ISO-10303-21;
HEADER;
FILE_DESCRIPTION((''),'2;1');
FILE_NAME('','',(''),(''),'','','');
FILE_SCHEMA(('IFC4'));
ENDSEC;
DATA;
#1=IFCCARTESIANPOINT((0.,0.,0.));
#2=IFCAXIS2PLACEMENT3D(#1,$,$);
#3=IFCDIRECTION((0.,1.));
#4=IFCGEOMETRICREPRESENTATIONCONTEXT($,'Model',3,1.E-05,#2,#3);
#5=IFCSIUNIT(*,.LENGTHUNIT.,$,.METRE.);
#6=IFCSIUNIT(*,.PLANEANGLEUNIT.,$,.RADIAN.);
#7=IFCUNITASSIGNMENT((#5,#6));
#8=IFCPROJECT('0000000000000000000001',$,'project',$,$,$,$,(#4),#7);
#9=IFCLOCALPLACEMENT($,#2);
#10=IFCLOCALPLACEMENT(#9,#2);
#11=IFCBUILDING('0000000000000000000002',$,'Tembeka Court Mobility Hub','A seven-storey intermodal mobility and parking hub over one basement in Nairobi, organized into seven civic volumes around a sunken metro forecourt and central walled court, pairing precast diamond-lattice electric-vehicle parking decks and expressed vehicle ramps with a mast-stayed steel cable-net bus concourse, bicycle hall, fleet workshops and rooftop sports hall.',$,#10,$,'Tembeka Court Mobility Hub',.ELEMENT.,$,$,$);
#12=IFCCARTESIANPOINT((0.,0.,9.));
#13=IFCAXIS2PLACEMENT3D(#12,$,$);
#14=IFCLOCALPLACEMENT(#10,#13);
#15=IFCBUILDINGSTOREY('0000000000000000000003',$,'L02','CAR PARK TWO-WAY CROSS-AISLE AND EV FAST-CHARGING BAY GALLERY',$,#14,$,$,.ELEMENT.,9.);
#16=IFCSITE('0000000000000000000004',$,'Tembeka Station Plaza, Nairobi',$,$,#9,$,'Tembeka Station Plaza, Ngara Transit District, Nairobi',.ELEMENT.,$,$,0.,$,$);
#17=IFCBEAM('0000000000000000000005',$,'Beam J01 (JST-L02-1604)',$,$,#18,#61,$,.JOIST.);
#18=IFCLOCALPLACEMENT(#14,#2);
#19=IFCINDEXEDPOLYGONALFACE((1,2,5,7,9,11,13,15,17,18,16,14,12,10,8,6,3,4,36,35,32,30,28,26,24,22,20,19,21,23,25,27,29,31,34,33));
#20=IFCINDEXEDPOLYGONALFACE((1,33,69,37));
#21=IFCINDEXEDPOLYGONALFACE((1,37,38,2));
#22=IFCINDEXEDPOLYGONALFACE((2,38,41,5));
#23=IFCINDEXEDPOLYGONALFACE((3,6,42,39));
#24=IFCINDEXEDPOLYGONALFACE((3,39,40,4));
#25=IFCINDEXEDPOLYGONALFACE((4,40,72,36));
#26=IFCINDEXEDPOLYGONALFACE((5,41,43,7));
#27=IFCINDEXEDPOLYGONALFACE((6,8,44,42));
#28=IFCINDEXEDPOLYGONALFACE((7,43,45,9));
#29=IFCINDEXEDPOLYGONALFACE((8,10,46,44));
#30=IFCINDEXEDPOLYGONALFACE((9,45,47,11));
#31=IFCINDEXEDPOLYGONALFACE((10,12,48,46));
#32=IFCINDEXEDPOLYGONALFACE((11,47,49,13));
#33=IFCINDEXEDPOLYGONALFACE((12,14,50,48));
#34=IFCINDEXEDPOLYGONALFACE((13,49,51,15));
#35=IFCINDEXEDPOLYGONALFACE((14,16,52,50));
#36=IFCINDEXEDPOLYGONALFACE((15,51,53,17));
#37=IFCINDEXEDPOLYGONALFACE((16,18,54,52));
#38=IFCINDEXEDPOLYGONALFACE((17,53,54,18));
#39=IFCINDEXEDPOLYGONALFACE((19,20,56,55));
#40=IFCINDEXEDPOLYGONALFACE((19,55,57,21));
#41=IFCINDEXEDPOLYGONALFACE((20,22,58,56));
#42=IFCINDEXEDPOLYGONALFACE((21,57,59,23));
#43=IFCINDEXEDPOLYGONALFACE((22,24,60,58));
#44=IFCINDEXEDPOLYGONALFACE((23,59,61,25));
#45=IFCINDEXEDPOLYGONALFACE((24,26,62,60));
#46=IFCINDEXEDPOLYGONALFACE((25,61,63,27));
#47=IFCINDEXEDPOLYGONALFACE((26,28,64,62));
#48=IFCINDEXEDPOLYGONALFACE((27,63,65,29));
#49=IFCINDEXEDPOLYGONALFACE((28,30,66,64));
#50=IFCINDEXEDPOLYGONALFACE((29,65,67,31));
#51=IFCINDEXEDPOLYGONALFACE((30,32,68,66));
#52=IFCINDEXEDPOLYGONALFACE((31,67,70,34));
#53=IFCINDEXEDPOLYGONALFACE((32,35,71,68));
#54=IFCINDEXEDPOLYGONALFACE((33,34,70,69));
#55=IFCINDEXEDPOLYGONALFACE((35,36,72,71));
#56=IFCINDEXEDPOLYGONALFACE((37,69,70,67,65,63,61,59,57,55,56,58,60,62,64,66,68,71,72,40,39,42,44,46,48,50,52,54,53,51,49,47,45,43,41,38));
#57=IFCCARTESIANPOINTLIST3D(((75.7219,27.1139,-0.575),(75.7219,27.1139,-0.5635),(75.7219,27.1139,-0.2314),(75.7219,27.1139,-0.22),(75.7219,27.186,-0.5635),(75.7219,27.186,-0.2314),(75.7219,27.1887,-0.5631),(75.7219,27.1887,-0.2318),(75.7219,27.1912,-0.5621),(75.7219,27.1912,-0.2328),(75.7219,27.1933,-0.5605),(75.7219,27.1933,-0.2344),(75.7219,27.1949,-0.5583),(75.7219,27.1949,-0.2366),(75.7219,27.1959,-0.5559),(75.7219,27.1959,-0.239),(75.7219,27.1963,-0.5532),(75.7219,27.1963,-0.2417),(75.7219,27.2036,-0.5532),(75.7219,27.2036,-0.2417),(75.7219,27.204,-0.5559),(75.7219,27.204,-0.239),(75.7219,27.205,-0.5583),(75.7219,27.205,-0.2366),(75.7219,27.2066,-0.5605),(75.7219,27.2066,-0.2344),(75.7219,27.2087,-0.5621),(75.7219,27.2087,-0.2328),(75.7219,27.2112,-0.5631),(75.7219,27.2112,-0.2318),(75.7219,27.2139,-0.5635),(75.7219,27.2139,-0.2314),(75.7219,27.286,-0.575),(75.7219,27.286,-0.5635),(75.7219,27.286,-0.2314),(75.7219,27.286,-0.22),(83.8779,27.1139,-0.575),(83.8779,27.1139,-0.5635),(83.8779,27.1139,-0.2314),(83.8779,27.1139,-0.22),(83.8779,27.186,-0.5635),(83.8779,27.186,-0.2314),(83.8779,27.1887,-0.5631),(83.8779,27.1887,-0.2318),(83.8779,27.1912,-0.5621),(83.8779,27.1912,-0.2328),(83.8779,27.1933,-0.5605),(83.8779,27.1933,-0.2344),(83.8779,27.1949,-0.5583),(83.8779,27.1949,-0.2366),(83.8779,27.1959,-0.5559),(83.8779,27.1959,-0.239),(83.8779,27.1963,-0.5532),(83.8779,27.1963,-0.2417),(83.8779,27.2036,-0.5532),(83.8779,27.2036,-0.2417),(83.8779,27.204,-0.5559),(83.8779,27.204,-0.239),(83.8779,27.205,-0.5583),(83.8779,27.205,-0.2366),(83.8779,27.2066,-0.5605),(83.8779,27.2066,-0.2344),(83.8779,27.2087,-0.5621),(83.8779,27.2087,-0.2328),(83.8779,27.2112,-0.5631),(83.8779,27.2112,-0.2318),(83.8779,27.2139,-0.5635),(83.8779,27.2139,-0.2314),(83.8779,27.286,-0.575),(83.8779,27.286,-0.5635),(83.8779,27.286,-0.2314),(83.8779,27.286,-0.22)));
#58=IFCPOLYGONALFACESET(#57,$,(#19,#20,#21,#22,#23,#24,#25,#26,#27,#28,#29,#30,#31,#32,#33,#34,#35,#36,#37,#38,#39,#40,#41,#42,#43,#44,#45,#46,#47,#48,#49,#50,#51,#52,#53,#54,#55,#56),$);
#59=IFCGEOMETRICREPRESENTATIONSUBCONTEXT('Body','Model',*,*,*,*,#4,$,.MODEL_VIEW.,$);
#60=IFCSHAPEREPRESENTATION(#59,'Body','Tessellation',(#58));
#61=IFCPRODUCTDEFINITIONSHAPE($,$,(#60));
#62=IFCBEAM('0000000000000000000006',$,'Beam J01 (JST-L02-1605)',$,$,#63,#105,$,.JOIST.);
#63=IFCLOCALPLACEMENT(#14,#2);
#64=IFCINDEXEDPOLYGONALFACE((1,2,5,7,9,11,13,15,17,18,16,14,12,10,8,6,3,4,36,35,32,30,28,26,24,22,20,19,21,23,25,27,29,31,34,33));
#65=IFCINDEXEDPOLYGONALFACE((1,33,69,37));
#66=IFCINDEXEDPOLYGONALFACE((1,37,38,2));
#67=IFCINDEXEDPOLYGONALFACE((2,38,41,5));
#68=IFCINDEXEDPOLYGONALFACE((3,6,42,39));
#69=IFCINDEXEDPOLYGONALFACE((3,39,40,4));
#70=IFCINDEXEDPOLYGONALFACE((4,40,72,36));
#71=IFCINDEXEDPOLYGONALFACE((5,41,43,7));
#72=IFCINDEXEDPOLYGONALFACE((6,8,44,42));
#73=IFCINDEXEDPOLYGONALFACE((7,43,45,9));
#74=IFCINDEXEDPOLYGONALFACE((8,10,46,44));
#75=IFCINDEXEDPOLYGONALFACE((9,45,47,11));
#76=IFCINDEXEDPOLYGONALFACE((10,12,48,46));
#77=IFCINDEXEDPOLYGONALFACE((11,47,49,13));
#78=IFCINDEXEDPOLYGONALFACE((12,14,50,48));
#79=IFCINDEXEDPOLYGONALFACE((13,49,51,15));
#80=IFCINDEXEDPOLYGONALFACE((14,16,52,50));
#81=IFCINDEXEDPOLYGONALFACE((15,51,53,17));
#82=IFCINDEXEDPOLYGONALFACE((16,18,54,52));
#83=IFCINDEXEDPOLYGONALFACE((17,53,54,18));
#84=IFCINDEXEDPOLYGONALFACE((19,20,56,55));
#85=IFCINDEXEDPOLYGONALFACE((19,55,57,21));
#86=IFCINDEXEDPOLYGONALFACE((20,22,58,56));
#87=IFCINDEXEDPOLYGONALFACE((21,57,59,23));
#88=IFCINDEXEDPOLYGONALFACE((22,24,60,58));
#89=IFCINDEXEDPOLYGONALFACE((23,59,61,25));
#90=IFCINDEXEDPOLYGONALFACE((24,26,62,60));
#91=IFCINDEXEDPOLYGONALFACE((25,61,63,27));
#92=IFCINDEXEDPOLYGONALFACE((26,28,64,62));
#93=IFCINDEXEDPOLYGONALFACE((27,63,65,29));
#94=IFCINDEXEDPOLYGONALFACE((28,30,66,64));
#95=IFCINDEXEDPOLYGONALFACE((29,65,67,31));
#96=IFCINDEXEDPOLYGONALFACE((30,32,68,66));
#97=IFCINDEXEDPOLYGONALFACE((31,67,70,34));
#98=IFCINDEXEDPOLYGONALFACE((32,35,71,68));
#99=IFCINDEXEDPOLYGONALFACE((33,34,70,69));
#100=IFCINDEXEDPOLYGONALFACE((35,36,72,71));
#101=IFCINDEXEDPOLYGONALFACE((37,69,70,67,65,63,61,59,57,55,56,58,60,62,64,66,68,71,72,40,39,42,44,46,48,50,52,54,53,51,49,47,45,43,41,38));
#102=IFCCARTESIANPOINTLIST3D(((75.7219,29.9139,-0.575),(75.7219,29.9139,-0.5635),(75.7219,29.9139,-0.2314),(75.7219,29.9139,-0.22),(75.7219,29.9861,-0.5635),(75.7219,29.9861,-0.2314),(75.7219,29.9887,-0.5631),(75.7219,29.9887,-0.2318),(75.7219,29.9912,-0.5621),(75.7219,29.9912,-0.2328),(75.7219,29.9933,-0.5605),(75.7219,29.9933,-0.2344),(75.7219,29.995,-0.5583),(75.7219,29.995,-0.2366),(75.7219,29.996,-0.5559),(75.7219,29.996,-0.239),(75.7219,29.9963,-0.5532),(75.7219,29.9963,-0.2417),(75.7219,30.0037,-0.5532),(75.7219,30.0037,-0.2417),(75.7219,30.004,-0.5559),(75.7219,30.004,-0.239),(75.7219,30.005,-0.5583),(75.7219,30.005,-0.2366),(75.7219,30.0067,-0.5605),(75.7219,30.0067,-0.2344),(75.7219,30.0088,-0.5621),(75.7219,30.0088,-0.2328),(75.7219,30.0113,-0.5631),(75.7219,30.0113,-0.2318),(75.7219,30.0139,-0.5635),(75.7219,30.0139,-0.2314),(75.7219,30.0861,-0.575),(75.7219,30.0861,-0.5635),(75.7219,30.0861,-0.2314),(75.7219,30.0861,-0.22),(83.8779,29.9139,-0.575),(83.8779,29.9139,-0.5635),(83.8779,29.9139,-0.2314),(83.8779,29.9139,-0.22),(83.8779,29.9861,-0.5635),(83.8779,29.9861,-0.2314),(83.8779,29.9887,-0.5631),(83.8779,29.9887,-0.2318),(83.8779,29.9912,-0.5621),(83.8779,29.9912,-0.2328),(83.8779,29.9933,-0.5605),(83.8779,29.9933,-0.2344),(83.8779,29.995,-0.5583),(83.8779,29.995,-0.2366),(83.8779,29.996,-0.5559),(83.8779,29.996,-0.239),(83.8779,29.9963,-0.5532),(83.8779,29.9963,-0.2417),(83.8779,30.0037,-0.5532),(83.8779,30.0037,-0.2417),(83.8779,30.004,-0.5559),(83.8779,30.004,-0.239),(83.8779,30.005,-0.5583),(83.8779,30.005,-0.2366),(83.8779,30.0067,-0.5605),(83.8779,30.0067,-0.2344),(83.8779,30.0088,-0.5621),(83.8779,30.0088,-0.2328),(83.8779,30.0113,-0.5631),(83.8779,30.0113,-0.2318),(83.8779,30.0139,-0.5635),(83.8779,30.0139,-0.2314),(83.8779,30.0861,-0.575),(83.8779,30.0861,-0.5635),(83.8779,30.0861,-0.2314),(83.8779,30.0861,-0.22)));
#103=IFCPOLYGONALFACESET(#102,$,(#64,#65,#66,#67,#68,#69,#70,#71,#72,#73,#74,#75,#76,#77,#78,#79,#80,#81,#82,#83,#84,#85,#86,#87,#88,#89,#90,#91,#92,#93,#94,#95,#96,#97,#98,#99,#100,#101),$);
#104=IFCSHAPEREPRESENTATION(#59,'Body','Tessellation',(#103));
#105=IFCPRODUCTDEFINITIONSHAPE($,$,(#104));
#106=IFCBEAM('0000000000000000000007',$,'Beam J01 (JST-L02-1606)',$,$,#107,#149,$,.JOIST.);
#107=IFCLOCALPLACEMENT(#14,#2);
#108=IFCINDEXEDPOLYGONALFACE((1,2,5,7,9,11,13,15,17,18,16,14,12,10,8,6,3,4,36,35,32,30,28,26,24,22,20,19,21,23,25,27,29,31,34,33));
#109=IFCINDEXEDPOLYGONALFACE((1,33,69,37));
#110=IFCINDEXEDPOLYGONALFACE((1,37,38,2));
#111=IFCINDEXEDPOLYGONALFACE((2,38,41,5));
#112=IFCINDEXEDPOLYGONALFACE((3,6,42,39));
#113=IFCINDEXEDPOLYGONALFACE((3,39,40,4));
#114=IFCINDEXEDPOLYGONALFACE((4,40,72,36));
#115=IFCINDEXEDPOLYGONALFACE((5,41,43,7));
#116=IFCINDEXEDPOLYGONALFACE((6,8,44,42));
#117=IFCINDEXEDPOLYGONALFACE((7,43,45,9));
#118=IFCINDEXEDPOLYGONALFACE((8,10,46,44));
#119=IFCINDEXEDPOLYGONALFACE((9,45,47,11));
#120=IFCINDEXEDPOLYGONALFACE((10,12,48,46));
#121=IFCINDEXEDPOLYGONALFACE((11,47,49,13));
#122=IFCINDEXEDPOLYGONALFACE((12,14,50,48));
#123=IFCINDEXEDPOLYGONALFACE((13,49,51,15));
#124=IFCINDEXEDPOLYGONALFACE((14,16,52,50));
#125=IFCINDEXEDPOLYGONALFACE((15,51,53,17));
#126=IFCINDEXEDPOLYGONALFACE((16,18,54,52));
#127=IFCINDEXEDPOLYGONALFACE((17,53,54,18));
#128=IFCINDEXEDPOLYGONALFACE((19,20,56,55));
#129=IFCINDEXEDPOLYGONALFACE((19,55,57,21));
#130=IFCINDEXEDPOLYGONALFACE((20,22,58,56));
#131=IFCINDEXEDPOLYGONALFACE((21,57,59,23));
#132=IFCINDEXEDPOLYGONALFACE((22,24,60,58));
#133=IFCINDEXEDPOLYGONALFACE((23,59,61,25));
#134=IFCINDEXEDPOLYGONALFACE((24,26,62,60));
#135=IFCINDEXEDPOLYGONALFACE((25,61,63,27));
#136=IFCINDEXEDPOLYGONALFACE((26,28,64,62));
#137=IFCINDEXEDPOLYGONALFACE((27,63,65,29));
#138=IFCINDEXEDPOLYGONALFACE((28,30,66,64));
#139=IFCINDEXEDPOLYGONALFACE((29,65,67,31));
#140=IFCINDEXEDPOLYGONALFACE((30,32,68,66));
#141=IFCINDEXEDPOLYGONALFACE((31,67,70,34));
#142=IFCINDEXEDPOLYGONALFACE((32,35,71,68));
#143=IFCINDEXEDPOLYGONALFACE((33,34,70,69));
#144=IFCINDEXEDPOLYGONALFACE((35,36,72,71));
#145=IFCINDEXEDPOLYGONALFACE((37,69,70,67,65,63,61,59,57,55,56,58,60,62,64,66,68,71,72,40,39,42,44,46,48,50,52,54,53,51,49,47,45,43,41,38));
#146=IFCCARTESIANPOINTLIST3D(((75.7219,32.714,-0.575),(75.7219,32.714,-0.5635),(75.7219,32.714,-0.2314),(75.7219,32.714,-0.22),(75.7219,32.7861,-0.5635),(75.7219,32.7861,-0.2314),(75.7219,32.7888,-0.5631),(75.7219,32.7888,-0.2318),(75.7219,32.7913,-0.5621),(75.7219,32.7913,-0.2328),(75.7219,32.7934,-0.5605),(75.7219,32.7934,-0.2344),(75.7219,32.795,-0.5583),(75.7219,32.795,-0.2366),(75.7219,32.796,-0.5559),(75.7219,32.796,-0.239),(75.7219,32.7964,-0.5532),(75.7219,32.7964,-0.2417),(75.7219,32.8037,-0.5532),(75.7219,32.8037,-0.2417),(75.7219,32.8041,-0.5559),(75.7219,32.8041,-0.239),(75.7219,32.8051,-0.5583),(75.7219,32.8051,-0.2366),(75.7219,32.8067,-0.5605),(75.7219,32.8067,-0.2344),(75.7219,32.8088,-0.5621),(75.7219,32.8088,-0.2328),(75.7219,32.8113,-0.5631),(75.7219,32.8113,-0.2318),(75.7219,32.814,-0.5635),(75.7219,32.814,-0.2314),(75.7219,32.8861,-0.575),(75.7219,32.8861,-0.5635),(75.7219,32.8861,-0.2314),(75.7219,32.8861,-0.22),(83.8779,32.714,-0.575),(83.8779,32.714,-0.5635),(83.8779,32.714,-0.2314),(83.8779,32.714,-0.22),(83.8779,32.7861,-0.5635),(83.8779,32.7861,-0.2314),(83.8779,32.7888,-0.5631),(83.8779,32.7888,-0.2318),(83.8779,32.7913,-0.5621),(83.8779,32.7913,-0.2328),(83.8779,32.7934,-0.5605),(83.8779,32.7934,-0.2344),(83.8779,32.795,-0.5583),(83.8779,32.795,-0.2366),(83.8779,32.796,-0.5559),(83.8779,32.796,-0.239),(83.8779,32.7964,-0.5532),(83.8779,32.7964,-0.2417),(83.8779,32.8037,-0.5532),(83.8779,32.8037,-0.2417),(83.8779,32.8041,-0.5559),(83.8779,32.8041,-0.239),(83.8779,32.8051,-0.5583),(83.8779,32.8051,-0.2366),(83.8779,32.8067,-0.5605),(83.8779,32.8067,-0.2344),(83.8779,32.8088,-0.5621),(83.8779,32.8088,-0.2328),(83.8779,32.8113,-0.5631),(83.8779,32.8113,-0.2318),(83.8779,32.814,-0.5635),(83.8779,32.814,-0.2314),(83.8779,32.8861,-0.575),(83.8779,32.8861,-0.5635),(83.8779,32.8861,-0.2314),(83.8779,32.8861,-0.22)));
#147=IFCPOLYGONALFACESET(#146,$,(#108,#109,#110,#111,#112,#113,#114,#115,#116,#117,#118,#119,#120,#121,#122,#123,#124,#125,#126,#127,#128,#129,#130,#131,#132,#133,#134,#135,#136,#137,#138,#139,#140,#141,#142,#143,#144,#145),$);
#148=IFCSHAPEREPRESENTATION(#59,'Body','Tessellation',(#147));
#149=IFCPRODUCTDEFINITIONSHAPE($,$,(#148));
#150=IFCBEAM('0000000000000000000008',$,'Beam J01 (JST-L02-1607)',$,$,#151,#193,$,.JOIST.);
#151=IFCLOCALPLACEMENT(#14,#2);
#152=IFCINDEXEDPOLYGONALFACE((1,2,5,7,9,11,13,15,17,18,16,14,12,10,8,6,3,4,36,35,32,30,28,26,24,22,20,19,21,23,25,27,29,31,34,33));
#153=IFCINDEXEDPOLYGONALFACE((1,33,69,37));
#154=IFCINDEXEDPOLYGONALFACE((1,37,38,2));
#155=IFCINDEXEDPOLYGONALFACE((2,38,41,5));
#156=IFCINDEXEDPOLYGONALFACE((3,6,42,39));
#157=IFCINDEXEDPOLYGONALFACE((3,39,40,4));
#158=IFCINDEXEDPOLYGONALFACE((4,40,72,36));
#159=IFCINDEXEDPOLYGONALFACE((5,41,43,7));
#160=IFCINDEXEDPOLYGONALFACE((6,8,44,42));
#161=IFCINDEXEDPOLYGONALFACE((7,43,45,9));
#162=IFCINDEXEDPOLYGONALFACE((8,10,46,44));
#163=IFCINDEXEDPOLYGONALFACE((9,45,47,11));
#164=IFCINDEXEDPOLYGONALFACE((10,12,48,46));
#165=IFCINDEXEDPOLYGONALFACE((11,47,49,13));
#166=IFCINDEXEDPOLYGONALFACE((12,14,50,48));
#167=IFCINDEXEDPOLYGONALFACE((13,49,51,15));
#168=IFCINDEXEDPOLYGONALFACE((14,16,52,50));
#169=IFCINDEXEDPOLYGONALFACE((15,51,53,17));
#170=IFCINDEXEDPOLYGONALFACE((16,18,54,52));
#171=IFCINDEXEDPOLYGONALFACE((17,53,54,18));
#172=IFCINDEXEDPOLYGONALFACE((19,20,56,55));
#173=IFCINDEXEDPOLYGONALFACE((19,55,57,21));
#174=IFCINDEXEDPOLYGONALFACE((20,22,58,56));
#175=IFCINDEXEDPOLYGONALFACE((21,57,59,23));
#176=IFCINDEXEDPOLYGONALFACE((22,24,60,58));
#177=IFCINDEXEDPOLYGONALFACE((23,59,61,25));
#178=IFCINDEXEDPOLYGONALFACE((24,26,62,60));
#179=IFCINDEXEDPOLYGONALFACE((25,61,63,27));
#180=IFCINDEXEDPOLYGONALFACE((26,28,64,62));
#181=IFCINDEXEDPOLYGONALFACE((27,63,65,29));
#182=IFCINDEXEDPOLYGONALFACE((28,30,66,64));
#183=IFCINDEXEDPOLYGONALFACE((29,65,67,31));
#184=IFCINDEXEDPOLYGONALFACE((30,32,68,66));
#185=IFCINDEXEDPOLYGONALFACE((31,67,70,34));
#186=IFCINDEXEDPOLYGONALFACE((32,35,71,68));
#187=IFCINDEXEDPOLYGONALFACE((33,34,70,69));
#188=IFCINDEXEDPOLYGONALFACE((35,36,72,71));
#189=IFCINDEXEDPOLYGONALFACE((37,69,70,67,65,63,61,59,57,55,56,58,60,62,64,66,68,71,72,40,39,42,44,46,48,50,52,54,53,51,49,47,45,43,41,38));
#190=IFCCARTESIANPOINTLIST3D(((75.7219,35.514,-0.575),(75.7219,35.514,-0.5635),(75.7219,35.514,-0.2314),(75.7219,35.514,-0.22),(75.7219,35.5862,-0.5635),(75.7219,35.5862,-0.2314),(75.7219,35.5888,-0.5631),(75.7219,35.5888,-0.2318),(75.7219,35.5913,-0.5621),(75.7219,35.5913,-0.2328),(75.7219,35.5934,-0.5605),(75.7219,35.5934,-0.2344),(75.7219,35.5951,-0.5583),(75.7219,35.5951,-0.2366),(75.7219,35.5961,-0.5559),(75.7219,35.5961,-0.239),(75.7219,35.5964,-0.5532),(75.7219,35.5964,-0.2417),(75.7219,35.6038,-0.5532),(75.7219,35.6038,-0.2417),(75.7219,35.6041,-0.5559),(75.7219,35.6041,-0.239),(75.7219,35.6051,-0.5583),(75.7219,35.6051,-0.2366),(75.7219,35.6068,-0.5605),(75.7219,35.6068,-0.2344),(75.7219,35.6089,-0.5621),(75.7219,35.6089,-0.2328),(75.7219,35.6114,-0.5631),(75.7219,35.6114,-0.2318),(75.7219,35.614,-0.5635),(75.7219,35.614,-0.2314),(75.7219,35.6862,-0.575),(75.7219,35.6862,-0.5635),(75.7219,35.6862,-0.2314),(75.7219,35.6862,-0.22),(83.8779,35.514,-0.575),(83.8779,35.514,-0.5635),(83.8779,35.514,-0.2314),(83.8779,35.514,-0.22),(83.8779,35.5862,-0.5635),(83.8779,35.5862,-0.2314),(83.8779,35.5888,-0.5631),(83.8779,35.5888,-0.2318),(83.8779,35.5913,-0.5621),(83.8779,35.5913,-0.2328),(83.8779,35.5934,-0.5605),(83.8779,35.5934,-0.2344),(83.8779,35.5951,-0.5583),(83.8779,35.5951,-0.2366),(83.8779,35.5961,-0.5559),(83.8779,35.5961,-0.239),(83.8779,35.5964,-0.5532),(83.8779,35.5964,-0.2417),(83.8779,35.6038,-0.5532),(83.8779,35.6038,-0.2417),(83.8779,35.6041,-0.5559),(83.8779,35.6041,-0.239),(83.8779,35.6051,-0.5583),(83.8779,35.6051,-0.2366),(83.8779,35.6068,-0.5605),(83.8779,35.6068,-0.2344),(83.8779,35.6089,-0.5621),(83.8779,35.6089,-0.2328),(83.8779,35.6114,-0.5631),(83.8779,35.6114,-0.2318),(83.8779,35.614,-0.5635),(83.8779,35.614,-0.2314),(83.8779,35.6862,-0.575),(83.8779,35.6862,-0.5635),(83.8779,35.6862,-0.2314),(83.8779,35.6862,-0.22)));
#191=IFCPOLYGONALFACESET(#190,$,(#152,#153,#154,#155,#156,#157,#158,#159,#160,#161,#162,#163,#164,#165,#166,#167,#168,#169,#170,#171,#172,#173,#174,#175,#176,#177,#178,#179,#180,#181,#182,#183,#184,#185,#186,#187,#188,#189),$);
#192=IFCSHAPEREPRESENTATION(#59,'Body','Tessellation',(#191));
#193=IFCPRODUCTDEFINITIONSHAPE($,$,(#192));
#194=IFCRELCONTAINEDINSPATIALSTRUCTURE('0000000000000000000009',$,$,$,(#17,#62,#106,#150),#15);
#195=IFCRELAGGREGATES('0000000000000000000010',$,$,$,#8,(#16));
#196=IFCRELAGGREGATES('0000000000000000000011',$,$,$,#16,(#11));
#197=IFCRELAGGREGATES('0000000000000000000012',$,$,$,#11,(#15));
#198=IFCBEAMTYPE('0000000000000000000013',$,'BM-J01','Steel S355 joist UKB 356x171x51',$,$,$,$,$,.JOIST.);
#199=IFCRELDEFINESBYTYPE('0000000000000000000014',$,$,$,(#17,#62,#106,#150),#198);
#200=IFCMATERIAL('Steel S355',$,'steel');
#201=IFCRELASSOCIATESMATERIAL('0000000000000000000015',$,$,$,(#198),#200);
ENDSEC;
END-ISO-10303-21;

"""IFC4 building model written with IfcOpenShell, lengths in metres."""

from ifc_helpers import new_model, si_unit, direction, frame, origin, origin_2d, place, context, subcontext, project, spatial, i_section, extrude, material, material_profile, profile_set, type_object, element, save


model = new_model("IFC4")

# Units and contexts
model_context = context("Model", 3, precision=1e-05, world=origin(), true_north=direction((0.0, 1.0)))
body_context = subcontext(model_context, "Body", "Model", "MODEL_VIEW")
ifc_project = project(units=[si_unit("LENGTHUNIT", "METRE"), si_unit("PLANEANGLEUNIT", "RADIAN")], contexts=[model_context])

# Site, building, storey
site_placement = place(None, origin())
site = spatial("IfcSite", under=ifc_project, at=site_placement, Name="Tembeka Station Plaza, Nairobi", LongName="Tembeka Station Plaza, Ngara Transit District, Nairobi", CompositionType="ELEMENT", RefElevation=0.0)
building_placement = place(site_placement, origin())
building = spatial("IfcBuilding", under=site, at=building_placement, Name="Tembeka Court Mobility Hub", Description="A seven-storey intermodal mobility and parking hub over one basement in Nairobi, organized into seven civic volumes around a sunken metro forecourt and central walled court, pairing precast diamond-lattice electric-vehicle parking decks and expressed vehicle ramps with a mast-stayed steel cable-net bus concourse, bicycle hall, fleet workshops and rooftop sports hall.", LongName="Tembeka Court Mobility Hub", CompositionType="ELEMENT")
storey_placement = place(building_placement, frame((0.0, 0.0, 9.0)))
storey = spatial("IfcBuildingStorey", under=building, at=storey_placement, Name="L02", Description="CAR PARK TWO-WAY CROSS-AISLE AND EV FAST-CHARGING BAY GALLERY", CompositionType="ELEMENT", Elevation=9.0)

# Shared definitions
ifc_material_1 = material(Name="Steel S355", Category="steel")

# Beams
ifc_material_profile_1 = material_profile(ifc_material_1, i_section(OverallWidth=0.1721, OverallDepth=0.355, WebThickness=0.0073, FlangeThickness=0.0115, FilletRadius=0.0103, at=origin_2d()), Name="UKB 356x171x51")
ifc_profile_set_1 = profile_set([ifc_material_profile_1], Name="Steel S355")
beam_type_1 = type_object("IfcBeamType", Name="BM-J01", Description="Steel S355 joist UKB 356x171x51", PredefinedType="JOIST", material=ifc_profile_set_1)
for number, where, z_axis, x_axis, name in (
    (1, (75.7219, 27.2, -0.3975), (1.0, 0.0, 0.0), (0.0, 1.0, 0.0), "Beam J01 (JST-L02-1604)"),
    (2, (75.7219, 30.0, -0.3975), (1.0, 0.0, 0.0), (0.0, 1.0, 0.0), "Beam J01 (JST-L02-1605)"),
    (3, (75.7219, 32.8, -0.3975), (1.0, 0.0, 0.0), (0.0, 1.0, 0.0), "Beam J01 (JST-L02-1606)"),
    (4, (75.7219, 35.6001, -0.3975), (1.0, 0.0, 0.0), (0.0, 1.0, 0.0), "Beam J01 (JST-L02-1607)"),
):
    element("IfcBeam", number, at=place(storey_placement, frame(where, z_axis=z_axis, x_axis=x_axis)), inside=storey, type_object=beam_type_1, Name=name, PredefinedType="JOIST", context=body_context, shape_type="SweptSolid", body=[
        extrude(i_section(OverallWidth=0.1721, OverallDepth=0.355, WebThickness=0.0073, FlangeThickness=0.0115, FilletRadius=0.0103, at=origin_2d()), origin(), (0.0, 0.0, 1.0), 8.156),
    ])

save(model, "model.ifc")
